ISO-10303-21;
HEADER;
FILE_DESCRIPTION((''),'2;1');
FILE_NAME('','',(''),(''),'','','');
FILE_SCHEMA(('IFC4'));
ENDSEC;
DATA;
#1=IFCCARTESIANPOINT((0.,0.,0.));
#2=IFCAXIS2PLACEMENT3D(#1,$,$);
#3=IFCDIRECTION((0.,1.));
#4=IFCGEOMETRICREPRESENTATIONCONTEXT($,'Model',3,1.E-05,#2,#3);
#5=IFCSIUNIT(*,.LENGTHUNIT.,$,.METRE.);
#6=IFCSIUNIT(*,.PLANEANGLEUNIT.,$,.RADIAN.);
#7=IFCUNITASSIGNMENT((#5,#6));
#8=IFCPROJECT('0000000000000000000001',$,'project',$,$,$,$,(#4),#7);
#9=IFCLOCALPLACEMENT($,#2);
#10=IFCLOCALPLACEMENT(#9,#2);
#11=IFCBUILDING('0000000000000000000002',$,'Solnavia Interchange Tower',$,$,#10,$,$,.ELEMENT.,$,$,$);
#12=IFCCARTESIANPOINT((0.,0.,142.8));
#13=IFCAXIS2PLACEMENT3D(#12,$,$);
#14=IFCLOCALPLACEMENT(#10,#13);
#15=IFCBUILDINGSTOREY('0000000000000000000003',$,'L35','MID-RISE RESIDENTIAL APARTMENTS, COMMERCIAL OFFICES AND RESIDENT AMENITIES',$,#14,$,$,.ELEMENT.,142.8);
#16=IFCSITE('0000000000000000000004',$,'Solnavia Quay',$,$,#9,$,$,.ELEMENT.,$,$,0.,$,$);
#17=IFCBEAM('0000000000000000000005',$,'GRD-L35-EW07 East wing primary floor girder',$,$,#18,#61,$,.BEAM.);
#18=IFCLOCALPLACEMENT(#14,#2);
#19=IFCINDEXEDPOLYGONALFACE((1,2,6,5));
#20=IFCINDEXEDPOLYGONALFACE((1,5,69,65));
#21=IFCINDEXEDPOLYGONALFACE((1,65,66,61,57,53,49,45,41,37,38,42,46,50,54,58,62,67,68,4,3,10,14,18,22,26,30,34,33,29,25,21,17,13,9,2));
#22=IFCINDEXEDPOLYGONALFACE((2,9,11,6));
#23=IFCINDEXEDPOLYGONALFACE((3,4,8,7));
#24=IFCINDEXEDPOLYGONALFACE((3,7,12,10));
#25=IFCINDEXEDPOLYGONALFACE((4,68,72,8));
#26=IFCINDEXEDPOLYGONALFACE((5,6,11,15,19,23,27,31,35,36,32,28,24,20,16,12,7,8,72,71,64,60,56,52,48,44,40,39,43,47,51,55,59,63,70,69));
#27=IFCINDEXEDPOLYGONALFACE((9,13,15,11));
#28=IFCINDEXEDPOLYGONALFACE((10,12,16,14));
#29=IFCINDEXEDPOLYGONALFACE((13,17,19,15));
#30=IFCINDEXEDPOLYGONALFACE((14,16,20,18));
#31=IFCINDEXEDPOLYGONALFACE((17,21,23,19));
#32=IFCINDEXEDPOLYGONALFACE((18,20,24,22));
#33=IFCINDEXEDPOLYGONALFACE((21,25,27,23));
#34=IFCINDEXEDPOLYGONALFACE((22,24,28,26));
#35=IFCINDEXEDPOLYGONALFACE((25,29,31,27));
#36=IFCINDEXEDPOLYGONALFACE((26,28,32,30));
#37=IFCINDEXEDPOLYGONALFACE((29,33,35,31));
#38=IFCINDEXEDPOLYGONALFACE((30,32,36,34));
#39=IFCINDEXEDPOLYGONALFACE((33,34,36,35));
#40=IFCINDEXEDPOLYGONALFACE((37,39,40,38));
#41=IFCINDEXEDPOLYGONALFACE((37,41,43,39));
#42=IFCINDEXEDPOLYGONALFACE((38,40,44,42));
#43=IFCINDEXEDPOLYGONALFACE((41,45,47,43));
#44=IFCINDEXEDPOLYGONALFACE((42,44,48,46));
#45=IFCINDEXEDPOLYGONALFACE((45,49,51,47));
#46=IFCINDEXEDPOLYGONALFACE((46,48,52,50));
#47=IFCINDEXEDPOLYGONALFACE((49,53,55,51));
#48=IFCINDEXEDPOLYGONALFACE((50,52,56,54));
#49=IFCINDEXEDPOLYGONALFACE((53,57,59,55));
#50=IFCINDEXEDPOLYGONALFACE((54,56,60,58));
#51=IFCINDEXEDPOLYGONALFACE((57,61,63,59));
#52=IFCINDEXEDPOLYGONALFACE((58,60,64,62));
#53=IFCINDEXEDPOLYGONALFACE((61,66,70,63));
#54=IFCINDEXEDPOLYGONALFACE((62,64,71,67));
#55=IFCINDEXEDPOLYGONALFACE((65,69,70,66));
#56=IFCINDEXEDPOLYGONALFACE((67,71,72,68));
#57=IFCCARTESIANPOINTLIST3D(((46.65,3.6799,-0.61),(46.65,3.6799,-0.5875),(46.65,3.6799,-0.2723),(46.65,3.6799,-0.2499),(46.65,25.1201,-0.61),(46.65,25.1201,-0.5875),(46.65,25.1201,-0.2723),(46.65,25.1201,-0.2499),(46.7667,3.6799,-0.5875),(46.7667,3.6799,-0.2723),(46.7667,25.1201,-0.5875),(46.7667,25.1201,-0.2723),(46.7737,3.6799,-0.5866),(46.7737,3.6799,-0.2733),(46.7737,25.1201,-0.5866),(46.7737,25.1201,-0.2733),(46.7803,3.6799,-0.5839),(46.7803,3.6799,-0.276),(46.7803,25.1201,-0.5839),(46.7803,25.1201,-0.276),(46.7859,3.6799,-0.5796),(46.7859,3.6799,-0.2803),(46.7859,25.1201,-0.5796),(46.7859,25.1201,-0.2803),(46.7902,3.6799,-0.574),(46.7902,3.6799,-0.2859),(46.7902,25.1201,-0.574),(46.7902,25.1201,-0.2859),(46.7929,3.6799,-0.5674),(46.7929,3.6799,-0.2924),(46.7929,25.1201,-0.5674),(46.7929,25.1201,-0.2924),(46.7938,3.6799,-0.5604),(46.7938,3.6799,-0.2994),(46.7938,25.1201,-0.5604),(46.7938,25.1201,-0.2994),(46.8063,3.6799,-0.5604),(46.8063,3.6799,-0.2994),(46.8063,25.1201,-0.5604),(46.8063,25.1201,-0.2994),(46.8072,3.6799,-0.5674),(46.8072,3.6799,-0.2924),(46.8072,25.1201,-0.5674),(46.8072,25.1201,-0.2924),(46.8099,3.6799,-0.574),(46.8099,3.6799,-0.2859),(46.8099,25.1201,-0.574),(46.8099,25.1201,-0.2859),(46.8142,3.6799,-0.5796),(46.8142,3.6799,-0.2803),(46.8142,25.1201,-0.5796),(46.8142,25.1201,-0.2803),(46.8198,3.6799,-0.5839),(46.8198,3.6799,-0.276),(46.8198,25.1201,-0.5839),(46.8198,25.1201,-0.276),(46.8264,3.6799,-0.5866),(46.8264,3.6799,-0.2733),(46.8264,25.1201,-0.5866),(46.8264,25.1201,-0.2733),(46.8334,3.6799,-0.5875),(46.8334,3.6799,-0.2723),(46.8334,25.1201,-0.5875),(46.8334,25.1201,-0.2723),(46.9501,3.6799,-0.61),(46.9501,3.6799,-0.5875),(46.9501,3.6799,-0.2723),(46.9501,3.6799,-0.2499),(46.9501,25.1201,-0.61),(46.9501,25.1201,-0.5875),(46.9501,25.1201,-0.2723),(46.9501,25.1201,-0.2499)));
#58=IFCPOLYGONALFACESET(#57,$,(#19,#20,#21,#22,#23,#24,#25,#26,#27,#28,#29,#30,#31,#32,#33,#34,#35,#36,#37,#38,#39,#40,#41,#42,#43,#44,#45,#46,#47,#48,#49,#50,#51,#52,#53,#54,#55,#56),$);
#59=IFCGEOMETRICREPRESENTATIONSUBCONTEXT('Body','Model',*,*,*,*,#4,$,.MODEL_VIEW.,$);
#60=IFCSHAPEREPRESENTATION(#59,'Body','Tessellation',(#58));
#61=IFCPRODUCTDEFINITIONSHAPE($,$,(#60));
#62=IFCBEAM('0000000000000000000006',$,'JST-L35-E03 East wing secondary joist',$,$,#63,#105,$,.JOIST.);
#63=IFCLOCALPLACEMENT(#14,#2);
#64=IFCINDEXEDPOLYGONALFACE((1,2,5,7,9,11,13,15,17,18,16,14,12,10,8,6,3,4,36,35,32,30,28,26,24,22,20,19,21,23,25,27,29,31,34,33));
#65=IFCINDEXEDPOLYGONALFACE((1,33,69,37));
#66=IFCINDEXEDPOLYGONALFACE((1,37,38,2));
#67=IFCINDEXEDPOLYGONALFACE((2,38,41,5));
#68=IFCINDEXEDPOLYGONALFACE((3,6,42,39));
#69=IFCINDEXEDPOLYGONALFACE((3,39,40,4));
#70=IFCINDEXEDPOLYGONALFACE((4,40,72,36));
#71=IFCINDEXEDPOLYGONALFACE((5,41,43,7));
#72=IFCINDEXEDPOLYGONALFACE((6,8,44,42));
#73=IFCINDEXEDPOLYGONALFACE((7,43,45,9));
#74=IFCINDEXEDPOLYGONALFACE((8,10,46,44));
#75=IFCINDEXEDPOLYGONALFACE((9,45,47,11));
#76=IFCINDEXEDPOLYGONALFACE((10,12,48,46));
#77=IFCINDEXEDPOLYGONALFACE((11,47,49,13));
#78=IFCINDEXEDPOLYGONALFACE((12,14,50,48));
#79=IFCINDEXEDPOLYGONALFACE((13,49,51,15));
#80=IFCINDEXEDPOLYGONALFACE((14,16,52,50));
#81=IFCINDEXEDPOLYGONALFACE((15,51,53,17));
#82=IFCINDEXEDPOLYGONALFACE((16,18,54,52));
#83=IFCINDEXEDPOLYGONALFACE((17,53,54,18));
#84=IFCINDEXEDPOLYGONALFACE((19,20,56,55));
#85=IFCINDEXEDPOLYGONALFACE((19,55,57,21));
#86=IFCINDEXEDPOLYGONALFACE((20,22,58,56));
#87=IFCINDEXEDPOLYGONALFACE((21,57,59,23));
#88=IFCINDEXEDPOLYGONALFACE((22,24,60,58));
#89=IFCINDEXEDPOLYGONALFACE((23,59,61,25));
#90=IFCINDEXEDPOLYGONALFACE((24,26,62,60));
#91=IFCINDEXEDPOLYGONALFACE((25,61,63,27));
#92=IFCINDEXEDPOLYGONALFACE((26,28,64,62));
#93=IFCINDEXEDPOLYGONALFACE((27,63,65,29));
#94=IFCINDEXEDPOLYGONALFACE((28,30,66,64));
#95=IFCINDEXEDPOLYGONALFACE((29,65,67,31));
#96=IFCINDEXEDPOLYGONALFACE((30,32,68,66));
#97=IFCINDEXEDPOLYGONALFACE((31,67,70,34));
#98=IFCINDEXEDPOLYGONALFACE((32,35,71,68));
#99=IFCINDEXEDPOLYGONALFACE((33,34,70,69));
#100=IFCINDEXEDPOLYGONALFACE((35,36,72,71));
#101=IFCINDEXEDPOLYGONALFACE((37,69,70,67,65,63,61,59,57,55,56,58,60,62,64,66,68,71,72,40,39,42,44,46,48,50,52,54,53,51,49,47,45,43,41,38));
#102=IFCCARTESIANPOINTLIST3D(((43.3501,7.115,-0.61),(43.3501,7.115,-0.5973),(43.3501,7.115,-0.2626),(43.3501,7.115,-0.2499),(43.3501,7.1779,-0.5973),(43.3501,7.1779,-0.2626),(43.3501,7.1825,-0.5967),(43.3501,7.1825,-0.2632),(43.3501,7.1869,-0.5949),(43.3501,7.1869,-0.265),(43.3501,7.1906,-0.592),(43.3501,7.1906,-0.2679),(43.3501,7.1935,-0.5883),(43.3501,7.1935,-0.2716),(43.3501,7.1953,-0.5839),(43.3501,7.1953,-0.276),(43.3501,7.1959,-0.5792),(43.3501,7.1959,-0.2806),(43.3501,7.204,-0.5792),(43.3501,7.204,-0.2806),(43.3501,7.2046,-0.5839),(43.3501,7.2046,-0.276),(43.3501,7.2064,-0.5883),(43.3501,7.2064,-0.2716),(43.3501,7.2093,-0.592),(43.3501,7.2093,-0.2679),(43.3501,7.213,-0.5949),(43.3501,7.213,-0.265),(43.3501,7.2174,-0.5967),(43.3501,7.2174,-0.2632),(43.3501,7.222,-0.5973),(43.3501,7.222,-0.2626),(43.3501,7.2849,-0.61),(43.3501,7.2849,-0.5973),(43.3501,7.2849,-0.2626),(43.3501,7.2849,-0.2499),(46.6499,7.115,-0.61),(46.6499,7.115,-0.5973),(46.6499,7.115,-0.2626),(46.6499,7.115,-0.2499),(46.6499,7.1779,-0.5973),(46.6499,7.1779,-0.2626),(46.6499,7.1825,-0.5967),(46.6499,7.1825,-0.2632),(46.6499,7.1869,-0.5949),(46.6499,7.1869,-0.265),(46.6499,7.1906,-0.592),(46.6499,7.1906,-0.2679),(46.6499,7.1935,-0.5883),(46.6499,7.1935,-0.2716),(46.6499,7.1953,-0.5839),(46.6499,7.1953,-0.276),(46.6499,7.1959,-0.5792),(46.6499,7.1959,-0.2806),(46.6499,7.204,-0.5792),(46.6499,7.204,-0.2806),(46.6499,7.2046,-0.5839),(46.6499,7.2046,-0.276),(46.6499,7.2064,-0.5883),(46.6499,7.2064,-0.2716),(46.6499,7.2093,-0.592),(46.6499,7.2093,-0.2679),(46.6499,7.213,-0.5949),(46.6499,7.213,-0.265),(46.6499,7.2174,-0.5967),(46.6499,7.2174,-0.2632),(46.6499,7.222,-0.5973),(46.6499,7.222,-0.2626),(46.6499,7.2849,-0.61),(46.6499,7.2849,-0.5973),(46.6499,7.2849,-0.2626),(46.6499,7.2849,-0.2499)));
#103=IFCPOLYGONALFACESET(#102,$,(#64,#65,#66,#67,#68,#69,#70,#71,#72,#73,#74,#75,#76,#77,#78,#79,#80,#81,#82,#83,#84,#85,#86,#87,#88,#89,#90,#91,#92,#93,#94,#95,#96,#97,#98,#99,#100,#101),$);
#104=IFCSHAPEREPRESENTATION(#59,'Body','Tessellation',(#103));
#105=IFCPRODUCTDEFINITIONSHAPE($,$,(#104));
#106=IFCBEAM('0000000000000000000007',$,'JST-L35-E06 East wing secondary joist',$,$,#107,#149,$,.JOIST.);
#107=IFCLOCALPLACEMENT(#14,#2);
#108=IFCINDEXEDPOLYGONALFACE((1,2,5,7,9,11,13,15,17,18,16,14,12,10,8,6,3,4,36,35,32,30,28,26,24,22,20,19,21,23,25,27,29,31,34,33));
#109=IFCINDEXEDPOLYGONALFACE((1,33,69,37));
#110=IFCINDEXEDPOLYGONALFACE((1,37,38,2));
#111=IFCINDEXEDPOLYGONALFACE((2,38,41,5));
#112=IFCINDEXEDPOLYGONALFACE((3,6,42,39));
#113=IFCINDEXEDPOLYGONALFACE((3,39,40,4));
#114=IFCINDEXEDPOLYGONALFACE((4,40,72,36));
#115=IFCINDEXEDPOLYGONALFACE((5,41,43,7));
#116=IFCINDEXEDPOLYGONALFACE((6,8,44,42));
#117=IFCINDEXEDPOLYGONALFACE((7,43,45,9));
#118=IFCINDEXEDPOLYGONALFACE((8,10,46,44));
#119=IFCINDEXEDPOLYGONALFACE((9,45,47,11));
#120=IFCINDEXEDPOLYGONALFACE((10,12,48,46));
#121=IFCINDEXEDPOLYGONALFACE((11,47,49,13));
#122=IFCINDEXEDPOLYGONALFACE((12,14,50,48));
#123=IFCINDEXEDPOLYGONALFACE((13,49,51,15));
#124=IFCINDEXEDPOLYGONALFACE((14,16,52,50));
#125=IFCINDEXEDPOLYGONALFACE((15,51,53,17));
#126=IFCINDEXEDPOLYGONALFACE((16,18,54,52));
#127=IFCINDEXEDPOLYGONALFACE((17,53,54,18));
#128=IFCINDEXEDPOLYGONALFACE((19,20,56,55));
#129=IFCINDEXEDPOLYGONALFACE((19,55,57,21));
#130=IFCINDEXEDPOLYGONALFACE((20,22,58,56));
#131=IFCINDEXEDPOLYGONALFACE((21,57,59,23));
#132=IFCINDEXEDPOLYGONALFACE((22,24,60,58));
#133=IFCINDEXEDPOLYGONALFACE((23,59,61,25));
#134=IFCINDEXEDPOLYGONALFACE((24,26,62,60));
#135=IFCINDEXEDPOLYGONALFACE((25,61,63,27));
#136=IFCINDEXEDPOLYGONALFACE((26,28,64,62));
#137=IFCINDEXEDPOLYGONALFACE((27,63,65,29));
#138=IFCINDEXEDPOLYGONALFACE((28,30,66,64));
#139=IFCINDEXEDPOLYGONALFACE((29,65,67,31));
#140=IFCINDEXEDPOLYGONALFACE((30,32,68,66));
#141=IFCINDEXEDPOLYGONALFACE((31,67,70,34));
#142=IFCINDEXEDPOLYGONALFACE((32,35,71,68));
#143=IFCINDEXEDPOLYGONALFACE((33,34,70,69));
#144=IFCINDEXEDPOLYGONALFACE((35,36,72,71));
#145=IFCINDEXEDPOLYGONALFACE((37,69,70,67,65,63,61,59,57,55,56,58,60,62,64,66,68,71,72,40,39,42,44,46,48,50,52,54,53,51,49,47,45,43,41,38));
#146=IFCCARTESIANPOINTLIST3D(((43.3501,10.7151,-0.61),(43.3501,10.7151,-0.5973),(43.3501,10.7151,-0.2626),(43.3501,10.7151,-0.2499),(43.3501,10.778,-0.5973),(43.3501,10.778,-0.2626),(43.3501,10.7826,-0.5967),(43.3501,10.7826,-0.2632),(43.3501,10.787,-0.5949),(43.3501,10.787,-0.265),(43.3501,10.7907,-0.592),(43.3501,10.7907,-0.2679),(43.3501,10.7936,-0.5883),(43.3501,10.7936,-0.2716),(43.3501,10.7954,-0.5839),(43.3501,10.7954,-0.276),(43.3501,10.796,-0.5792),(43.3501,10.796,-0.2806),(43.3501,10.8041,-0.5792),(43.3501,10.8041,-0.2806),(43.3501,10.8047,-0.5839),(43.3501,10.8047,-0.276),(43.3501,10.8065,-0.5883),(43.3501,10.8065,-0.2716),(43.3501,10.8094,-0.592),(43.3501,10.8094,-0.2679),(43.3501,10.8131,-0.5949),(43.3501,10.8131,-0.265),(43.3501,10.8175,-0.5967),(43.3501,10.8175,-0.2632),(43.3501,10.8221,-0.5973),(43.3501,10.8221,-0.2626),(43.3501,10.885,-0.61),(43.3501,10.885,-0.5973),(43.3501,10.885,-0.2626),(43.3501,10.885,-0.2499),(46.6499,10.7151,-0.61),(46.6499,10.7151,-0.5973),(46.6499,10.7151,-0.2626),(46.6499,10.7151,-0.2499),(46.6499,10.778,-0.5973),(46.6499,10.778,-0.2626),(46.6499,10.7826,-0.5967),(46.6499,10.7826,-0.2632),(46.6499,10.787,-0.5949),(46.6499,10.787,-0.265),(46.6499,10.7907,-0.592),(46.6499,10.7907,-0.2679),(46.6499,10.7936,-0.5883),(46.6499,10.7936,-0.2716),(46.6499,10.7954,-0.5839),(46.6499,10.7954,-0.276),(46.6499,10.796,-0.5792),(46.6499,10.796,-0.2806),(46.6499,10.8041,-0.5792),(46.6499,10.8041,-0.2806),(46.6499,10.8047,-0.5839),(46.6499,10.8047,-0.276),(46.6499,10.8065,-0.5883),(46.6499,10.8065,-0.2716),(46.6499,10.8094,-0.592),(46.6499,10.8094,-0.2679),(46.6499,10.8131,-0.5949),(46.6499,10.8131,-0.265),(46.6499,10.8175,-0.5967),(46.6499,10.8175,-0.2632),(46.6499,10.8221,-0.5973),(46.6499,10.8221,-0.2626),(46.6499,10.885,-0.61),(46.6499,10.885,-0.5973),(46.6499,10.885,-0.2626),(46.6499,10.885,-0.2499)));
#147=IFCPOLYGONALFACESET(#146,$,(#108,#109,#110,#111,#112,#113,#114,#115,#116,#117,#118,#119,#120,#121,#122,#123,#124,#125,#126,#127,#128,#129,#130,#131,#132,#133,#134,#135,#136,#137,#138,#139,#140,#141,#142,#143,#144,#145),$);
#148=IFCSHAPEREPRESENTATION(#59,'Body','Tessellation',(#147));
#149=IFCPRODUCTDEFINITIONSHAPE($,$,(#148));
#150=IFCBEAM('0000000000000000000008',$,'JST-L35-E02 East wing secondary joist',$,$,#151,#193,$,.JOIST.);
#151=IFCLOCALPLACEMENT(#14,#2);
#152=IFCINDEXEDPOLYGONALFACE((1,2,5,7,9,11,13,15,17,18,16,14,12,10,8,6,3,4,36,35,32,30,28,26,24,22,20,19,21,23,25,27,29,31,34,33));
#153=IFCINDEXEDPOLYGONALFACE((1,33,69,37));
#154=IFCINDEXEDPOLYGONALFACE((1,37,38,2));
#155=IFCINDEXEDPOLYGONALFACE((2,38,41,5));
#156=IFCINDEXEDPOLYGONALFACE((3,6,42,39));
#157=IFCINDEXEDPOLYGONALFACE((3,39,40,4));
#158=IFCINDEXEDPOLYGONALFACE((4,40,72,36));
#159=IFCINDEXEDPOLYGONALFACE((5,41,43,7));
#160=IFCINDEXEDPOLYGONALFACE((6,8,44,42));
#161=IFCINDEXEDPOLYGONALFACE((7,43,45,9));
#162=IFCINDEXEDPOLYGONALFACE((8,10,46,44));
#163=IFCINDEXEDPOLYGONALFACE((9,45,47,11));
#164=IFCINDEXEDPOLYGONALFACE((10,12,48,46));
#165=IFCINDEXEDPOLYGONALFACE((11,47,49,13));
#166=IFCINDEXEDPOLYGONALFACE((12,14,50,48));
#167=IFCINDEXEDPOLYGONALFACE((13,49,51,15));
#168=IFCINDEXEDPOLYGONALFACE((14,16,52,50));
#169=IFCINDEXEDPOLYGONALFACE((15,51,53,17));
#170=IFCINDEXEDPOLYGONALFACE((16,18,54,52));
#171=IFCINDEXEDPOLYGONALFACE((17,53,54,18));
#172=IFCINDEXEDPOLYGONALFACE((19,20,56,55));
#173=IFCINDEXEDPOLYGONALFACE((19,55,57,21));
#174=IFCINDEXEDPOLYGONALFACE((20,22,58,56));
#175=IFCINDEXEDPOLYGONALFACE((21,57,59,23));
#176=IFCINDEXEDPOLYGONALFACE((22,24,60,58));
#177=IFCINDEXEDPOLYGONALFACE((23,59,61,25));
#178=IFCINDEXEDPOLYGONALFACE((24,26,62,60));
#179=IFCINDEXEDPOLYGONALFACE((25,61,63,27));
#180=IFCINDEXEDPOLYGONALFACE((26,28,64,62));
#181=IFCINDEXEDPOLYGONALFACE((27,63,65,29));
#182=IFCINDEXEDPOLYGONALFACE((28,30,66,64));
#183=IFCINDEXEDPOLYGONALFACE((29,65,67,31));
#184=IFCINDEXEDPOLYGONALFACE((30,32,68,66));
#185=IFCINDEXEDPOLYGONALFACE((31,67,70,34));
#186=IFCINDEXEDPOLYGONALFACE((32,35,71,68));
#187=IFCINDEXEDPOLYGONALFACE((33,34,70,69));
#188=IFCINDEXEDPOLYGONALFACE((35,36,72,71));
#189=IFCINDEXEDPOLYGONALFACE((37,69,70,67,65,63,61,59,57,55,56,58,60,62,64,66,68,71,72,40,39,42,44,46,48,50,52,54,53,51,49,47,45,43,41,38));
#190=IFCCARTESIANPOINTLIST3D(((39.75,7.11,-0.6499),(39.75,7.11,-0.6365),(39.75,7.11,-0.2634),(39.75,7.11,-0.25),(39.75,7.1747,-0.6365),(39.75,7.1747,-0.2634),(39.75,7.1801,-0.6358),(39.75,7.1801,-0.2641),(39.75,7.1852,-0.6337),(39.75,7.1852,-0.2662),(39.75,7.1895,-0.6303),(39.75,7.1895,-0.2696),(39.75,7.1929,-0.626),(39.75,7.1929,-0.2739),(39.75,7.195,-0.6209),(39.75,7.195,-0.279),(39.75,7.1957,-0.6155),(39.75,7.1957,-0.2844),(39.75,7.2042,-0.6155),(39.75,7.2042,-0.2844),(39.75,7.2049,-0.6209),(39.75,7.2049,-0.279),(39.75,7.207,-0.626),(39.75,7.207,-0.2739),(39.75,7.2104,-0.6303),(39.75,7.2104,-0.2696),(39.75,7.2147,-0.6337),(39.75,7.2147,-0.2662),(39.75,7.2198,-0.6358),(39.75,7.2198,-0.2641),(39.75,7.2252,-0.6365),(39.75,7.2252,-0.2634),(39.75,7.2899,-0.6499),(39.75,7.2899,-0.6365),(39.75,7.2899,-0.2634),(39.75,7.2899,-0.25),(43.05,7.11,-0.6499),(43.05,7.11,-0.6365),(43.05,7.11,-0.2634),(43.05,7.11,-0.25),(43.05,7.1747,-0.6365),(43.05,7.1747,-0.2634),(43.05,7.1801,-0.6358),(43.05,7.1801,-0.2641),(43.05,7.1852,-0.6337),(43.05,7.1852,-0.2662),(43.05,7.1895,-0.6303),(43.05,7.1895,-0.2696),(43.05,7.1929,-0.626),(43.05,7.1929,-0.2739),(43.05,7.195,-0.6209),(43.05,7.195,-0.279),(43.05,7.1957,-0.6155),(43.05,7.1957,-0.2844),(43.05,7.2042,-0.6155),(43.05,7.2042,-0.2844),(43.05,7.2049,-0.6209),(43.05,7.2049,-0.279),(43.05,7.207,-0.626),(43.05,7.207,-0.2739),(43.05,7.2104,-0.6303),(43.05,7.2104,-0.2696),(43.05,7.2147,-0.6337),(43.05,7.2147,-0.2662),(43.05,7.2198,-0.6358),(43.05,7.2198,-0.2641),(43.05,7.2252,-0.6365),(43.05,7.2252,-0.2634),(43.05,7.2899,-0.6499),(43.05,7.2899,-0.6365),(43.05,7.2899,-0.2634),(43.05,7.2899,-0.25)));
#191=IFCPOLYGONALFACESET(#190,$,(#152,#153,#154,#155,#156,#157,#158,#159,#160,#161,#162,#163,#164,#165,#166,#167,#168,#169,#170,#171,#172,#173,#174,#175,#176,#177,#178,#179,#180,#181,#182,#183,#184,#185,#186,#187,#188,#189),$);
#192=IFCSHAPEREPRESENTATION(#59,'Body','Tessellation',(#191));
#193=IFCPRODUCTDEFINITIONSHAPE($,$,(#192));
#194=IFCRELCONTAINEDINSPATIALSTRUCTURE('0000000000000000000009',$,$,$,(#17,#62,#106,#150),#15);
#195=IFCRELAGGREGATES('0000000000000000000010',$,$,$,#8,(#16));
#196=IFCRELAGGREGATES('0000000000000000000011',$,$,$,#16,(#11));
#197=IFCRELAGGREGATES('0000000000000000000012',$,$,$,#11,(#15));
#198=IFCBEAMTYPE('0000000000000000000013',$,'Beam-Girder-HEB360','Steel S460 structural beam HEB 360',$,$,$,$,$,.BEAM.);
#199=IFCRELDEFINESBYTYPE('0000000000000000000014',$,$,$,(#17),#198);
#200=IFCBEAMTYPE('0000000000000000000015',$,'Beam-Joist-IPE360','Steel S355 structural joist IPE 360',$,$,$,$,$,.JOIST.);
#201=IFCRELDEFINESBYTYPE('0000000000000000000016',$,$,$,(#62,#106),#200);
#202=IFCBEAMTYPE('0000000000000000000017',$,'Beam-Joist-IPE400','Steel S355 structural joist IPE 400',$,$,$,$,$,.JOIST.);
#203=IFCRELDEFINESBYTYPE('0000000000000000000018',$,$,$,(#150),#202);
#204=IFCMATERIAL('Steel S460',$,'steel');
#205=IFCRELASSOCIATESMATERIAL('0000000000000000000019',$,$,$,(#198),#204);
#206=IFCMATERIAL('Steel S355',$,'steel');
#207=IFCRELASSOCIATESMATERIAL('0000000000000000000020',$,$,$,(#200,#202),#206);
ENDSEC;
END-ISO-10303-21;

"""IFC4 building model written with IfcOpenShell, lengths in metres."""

from ifc_helpers import new_model, si_unit, direction, frame, origin, origin_2d, place, context, subcontext, project, spatial, i_section, extrude, material, material_profile, profile_set, type_object, element, save


model = new_model("IFC4")

# Units and contexts
model_context = context("Model", 3, precision=1e-05, world=origin(), true_north=direction((0.0, 1.0)))
body_context = subcontext(model_context, "Body", "Model", "MODEL_VIEW")
ifc_project = project(units=[si_unit("LENGTHUNIT", "METRE"), si_unit("PLANEANGLEUNIT", "RADIAN")], contexts=[model_context])

# Site, building, storey
site_placement = place(None, origin())
site = spatial("IfcSite", under=ifc_project, at=site_placement, Name="Solnavia Quay", CompositionType="ELEMENT", RefElevation=0.0)
building_placement = place(site_placement, origin())
building = spatial("IfcBuilding", under=site, at=building_placement, Name="Solnavia Interchange Tower", CompositionType="ELEMENT")
storey_placement = place(building_placement, frame((0.0, 0.0, 142.8)))
storey = spatial("IfcBuildingStorey", under=building, at=storey_placement, Name="L35", Description="MID-RISE RESIDENTIAL APARTMENTS, COMMERCIAL OFFICES AND RESIDENT AMENITIES", CompositionType="ELEMENT", Elevation=142.8)

# Shared definitions
ifc_material_1 = material(Name="Steel S355", Category="steel")

# Beams
ifc_material_2 = material(Name="Steel S460", Category="steel")
ifc_material_profile_1 = material_profile(ifc_material_2, i_section(OverallWidth=0.3, OverallDepth=0.3601, WebThickness=0.0125, FlangeThickness=0.0225, FilletRadius=0.0271, at=origin_2d()), Name="HEB 360")
ifc_profile_set_1 = profile_set([ifc_material_profile_1], Name="Steel S460")
beam_type_1 = type_object("IfcBeamType", Name="Beam-Girder-HEB360", Description="Steel S460 structural beam HEB 360", PredefinedType="BEAM", material=ifc_profile_set_1)
for number, where, z_axis, x_axis, name in (
    (1, (46.8, 3.6799, -0.4299), (0.0, 1.0, 0.0), (-1.0, 0.0, 0.0), "GRD-L35-EW07 East wing primary floor girder"),
):
    element("IfcBeam", number, at=place(storey_placement, frame(where, z_axis=z_axis, x_axis=x_axis)), inside=storey, type_object=beam_type_1, Name=name, PredefinedType="BEAM", context=body_context, shape_type="SweptSolid", body=[
        extrude(i_section(OverallWidth=0.3, OverallDepth=0.3601, WebThickness=0.0125, FlangeThickness=0.0225, FilletRadius=0.0271, at=origin_2d()), origin(), (0.0, 0.0, 1.0), 21.4402),
    ])
ifc_material_profile_2 = material_profile(ifc_material_1, i_section(OverallWidth=0.1699, OverallDepth=0.3601, WebThickness=0.0081, FlangeThickness=0.0127, FilletRadius=0.0181, at=origin_2d()), Name="IPE 360")
ifc_profile_set_2 = profile_set([ifc_material_profile_2], Name="Steel S355")
beam_type_2 = type_object("IfcBeamType", Name="Beam-Joist-IPE360", Description="Steel S355 structural joist IPE 360", PredefinedType="JOIST", material=ifc_profile_set_2)
for number, where, z_axis, x_axis, name in (
    (2, (43.3501, 7.2, -0.4299), (1.0, 0.0, 0.0), (0.0, 1.0, 0.0), "JST-L35-E03 East wing secondary joist"),
    (3, (43.3501, 10.8, -0.4299), (1.0, 0.0, 0.0), (0.0, 1.0, 0.0), "JST-L35-E06 East wing secondary joist"),
):
    element("IfcBeam", number, at=place(storey_placement, frame(where, z_axis=z_axis, x_axis=x_axis)), inside=storey, type_object=beam_type_2, Name=name, PredefinedType="JOIST", context=body_context, shape_type="SweptSolid", body=[
        extrude(i_section(OverallWidth=0.1699, OverallDepth=0.3601, WebThickness=0.0081, FlangeThickness=0.0127, FilletRadius=0.0181, at=origin_2d()), origin(), (0.0, 0.0, 1.0), 3.2998),
    ])
ifc_material_profile_3 = material_profile(ifc_material_1, i_section(OverallWidth=0.1799, OverallDepth=0.3999, WebThickness=0.0085, FlangeThickness=0.0134, FilletRadius=0.021, at=origin_2d()), Name="IPE 400")
ifc_profile_set_3 = profile_set([ifc_material_profile_3], Name="Steel S355")
beam_type_3 = type_object("IfcBeamType", Name="Beam-Joist-IPE400", Description="Steel S355 structural joist IPE 400", PredefinedType="JOIST", material=ifc_profile_set_3)
for number, where, z_axis, x_axis, name in (
    (4, (39.75, 7.2, -0.45), (1.0, 0.0, 0.0), (0.0, 1.0, 0.0), "JST-L35-E02 East wing secondary joist"),
):
    element("IfcBeam", number, at=place(storey_placement, frame(where, z_axis=z_axis, x_axis=x_axis)), inside=storey, type_object=beam_type_3, Name=name, PredefinedType="JOIST", context=body_context, shape_type="SweptSolid", body=[
        extrude(i_section(OverallWidth=0.1799, OverallDepth=0.3999, WebThickness=0.0085, FlangeThickness=0.0134, FilletRadius=0.021, at=origin_2d()), origin(), (0.0, 0.0, 1.0), 3.3),
    ])

save(model, "model.ifc")
